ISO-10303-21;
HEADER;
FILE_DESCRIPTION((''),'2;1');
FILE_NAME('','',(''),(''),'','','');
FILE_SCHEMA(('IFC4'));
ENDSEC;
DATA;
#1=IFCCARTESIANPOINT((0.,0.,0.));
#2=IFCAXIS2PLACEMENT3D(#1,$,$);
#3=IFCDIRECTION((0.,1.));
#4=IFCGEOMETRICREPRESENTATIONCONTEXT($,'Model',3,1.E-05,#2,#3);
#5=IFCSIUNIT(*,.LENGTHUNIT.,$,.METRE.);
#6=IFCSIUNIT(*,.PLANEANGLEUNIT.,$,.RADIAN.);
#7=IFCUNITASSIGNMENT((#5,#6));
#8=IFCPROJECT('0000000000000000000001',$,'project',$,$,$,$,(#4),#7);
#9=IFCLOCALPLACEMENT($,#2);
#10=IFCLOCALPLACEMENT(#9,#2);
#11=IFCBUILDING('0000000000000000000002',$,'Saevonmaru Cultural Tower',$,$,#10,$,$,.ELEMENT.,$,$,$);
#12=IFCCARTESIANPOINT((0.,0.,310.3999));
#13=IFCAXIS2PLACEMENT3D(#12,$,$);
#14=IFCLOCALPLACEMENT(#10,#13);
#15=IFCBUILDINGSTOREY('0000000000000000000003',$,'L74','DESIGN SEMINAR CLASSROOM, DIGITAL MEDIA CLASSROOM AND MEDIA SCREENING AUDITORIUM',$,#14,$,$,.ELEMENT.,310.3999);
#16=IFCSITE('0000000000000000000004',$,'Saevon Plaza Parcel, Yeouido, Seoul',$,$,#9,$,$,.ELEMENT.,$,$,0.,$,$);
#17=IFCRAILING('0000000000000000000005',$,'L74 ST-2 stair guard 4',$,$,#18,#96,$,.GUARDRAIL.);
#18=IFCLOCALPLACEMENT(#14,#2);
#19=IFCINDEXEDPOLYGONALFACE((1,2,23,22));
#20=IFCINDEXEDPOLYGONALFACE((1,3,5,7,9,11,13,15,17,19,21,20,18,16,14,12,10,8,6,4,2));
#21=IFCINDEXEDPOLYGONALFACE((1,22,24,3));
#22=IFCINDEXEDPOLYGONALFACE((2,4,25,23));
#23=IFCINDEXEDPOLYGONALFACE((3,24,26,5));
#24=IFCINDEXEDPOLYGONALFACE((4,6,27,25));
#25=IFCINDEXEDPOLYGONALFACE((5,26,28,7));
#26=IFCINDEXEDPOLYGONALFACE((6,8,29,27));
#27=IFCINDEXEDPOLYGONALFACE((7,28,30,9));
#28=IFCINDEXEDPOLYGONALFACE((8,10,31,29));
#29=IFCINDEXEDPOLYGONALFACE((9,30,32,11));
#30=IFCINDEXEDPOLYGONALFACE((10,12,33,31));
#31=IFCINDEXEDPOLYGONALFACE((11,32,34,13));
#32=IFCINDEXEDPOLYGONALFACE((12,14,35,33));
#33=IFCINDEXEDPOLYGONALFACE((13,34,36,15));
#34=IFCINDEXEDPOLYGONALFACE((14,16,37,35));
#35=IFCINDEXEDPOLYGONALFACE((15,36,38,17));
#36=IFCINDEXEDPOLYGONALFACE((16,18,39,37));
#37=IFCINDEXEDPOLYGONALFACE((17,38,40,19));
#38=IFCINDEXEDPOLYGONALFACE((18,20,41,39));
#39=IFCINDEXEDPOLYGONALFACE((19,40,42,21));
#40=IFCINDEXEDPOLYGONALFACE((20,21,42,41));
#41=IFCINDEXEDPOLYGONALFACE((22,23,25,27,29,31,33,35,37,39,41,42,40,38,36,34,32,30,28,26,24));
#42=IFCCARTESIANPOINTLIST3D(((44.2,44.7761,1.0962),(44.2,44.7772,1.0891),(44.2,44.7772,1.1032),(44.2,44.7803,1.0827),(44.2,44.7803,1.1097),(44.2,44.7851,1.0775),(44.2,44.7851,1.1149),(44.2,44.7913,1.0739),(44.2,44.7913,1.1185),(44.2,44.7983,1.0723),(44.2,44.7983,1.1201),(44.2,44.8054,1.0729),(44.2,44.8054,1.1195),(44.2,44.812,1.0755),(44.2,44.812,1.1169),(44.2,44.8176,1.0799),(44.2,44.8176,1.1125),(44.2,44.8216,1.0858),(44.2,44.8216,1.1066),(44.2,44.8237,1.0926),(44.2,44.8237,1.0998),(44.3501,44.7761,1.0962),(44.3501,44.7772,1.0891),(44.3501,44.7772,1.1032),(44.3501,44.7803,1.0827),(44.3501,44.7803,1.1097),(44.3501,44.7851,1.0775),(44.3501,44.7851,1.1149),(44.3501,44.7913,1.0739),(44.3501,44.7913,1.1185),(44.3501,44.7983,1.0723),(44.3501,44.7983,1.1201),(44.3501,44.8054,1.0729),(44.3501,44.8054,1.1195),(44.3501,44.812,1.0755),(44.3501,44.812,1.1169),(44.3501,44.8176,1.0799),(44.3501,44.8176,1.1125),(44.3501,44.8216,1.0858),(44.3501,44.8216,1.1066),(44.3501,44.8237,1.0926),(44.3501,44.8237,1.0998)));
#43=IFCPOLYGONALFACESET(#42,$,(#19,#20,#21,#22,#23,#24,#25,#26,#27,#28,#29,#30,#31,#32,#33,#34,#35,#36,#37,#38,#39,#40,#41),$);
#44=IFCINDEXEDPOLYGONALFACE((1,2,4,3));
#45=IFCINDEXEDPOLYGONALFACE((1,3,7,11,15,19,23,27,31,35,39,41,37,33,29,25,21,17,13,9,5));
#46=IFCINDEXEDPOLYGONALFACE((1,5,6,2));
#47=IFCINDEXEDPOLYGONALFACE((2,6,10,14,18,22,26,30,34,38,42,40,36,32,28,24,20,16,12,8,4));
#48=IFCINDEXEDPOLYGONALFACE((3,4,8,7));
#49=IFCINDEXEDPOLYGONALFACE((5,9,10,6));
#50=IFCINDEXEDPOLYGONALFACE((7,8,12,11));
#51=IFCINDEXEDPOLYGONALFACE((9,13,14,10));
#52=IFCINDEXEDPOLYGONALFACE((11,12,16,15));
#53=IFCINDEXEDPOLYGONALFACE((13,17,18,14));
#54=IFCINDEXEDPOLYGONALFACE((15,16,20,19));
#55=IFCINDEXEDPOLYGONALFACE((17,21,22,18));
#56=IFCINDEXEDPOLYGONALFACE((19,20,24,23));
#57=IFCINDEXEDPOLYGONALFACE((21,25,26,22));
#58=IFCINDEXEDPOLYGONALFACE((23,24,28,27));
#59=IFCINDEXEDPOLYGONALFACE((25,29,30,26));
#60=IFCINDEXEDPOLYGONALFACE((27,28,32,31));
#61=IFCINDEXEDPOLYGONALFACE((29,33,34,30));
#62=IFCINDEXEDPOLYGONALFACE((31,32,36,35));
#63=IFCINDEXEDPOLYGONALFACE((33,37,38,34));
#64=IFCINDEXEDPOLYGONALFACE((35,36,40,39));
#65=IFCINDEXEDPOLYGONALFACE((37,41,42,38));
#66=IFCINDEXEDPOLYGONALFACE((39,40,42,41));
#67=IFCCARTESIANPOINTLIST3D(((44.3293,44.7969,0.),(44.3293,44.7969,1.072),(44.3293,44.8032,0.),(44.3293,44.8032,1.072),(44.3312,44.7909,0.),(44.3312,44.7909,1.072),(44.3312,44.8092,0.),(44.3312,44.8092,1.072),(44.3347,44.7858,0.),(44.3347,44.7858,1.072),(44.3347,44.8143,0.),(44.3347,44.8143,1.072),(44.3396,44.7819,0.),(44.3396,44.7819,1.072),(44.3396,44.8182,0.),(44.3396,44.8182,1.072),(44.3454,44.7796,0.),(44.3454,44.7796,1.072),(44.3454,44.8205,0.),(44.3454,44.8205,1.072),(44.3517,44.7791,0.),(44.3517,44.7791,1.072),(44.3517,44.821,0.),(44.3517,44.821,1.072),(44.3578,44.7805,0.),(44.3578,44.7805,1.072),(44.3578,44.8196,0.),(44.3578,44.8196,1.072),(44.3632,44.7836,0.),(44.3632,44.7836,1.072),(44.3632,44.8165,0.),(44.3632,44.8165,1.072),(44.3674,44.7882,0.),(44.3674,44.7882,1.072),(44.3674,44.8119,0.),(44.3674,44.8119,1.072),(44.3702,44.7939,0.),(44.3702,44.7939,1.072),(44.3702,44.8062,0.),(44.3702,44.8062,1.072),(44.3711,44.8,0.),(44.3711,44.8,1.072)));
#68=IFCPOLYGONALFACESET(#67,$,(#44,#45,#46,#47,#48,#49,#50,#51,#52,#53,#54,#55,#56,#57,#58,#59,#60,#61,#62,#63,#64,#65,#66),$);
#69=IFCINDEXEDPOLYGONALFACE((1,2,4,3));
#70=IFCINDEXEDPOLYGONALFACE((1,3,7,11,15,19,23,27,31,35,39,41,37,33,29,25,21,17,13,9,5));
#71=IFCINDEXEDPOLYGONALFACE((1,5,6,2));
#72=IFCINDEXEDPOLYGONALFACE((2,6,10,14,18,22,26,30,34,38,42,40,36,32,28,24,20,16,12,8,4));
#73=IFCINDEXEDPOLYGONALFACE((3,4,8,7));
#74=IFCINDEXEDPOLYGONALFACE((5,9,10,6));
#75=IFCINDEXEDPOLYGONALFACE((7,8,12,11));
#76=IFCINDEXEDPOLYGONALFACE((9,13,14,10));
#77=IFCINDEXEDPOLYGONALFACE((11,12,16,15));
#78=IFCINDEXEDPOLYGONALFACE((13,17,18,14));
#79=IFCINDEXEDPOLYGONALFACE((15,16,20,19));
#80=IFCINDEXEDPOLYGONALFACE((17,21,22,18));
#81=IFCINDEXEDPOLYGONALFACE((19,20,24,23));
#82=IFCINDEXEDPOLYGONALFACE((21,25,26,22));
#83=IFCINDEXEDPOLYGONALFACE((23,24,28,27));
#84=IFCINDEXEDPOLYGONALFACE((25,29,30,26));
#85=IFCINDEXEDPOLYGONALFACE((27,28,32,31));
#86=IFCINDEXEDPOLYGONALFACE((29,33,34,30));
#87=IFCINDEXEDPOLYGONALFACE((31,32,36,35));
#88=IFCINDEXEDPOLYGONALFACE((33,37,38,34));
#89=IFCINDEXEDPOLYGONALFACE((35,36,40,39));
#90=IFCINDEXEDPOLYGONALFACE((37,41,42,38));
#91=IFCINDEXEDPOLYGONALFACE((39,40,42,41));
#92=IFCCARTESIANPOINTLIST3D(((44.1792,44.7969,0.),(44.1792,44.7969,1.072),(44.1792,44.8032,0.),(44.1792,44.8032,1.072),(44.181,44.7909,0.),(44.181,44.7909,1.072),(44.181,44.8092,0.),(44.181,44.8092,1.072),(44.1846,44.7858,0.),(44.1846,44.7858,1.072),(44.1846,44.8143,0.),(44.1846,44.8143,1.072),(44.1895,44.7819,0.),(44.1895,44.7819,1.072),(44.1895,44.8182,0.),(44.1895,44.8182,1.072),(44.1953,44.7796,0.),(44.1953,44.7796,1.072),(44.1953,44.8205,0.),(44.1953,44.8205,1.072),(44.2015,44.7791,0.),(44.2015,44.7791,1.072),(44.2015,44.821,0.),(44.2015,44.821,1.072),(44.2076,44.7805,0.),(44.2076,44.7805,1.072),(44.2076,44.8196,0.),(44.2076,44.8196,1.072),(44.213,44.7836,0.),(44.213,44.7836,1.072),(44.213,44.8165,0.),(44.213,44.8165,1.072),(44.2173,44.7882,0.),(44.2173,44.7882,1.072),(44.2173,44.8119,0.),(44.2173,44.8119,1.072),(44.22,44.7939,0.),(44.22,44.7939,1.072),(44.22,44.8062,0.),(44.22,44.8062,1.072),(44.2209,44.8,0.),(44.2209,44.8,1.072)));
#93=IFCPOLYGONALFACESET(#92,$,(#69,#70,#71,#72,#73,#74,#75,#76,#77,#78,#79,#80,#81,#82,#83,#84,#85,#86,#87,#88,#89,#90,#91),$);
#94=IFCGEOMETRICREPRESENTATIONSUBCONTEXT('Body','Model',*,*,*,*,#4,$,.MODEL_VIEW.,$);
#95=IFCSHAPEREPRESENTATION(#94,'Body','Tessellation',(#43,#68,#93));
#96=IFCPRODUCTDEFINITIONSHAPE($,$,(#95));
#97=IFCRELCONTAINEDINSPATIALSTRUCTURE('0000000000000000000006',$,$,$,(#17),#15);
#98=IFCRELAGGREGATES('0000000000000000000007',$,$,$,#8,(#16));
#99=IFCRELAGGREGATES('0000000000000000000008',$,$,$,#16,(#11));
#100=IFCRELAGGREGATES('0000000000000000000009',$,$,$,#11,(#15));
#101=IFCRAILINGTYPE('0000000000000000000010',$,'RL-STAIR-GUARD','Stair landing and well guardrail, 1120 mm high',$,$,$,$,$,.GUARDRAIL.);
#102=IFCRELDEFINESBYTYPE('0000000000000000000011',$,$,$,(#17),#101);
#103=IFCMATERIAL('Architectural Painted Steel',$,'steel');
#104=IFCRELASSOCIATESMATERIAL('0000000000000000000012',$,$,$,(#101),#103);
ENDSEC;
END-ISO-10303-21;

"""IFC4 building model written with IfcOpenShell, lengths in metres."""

from ifc_helpers import new_model, si_unit, direction, frame, origin, origin_2d, place, context, subcontext, project, spatial, circle, extrude, material, type_object, element, save


model = new_model("IFC4")

# Units and contexts
model_context = context("Model", 3, precision=1e-05, world=origin(), true_north=direction((0.0, 1.0)))
body_context = subcontext(model_context, "Body", "Model", "MODEL_VIEW")
ifc_project = project(units=[si_unit("LENGTHUNIT", "METRE"), si_unit("PLANEANGLEUNIT", "RADIAN")], contexts=[model_context])

# Site, building, storey
site_placement = place(None, origin())
site = spatial("IfcSite", under=ifc_project, at=site_placement, Name="Saevon Plaza Parcel, Yeouido, Seoul", CompositionType="ELEMENT", RefElevation=0.0)
building_placement = place(site_placement, origin())
building = spatial("IfcBuilding", under=site, at=building_placement, Name="Saevonmaru Cultural Tower", CompositionType="ELEMENT")
storey_placement = place(building_placement, frame((0.0, 0.0, 310.3999)))
storey = spatial("IfcBuildingStorey", under=building, at=storey_placement, Name="L74", Description="DESIGN SEMINAR CLASSROOM, DIGITAL MEDIA CLASSROOM AND MEDIA SCREENING AUDITORIUM", CompositionType="ELEMENT", Elevation=310.3999)

# Railing
ifc_material_1 = material(Name="Architectural Painted Steel", Category="steel")
railing_type_1 = type_object("IfcRailingType", Name="RL-STAIR-GUARD", Description="Stair landing and well guardrail, 1120 mm high", PredefinedType="GUARDRAIL", material=ifc_material_1)
railing_1_placement = place(storey_placement, frame((44.3501, 44.8, 0.0)))
element("IfcRailing", 1, at=railing_1_placement, inside=storey, type_object=railing_type_1, Name="L74 ST-2 stair guard 4", PredefinedType="GUARDRAIL", context=body_context, shape_type="SweptSolid", body=[
    extrude(circle(Radius=0.0239, at=origin_2d()), frame((0.0, 0.0, 1.0962), z_axis=(-1.0, 0.0, 0.0), x_axis=(0.0, -1.0, 0.0)), (0.0, 0.0, 1.0), 0.1501),
    extrude(circle(Radius=0.021, at=origin_2d()), origin(), (0.0, 0.0, 1.0), 1.072),
    extrude(circle(Radius=0.021, at=origin_2d()), frame((-0.1501, 0.0, 0.0)), (0.0, 0.0, 1.0), 1.072),
])

save(model, "model.ifc")
